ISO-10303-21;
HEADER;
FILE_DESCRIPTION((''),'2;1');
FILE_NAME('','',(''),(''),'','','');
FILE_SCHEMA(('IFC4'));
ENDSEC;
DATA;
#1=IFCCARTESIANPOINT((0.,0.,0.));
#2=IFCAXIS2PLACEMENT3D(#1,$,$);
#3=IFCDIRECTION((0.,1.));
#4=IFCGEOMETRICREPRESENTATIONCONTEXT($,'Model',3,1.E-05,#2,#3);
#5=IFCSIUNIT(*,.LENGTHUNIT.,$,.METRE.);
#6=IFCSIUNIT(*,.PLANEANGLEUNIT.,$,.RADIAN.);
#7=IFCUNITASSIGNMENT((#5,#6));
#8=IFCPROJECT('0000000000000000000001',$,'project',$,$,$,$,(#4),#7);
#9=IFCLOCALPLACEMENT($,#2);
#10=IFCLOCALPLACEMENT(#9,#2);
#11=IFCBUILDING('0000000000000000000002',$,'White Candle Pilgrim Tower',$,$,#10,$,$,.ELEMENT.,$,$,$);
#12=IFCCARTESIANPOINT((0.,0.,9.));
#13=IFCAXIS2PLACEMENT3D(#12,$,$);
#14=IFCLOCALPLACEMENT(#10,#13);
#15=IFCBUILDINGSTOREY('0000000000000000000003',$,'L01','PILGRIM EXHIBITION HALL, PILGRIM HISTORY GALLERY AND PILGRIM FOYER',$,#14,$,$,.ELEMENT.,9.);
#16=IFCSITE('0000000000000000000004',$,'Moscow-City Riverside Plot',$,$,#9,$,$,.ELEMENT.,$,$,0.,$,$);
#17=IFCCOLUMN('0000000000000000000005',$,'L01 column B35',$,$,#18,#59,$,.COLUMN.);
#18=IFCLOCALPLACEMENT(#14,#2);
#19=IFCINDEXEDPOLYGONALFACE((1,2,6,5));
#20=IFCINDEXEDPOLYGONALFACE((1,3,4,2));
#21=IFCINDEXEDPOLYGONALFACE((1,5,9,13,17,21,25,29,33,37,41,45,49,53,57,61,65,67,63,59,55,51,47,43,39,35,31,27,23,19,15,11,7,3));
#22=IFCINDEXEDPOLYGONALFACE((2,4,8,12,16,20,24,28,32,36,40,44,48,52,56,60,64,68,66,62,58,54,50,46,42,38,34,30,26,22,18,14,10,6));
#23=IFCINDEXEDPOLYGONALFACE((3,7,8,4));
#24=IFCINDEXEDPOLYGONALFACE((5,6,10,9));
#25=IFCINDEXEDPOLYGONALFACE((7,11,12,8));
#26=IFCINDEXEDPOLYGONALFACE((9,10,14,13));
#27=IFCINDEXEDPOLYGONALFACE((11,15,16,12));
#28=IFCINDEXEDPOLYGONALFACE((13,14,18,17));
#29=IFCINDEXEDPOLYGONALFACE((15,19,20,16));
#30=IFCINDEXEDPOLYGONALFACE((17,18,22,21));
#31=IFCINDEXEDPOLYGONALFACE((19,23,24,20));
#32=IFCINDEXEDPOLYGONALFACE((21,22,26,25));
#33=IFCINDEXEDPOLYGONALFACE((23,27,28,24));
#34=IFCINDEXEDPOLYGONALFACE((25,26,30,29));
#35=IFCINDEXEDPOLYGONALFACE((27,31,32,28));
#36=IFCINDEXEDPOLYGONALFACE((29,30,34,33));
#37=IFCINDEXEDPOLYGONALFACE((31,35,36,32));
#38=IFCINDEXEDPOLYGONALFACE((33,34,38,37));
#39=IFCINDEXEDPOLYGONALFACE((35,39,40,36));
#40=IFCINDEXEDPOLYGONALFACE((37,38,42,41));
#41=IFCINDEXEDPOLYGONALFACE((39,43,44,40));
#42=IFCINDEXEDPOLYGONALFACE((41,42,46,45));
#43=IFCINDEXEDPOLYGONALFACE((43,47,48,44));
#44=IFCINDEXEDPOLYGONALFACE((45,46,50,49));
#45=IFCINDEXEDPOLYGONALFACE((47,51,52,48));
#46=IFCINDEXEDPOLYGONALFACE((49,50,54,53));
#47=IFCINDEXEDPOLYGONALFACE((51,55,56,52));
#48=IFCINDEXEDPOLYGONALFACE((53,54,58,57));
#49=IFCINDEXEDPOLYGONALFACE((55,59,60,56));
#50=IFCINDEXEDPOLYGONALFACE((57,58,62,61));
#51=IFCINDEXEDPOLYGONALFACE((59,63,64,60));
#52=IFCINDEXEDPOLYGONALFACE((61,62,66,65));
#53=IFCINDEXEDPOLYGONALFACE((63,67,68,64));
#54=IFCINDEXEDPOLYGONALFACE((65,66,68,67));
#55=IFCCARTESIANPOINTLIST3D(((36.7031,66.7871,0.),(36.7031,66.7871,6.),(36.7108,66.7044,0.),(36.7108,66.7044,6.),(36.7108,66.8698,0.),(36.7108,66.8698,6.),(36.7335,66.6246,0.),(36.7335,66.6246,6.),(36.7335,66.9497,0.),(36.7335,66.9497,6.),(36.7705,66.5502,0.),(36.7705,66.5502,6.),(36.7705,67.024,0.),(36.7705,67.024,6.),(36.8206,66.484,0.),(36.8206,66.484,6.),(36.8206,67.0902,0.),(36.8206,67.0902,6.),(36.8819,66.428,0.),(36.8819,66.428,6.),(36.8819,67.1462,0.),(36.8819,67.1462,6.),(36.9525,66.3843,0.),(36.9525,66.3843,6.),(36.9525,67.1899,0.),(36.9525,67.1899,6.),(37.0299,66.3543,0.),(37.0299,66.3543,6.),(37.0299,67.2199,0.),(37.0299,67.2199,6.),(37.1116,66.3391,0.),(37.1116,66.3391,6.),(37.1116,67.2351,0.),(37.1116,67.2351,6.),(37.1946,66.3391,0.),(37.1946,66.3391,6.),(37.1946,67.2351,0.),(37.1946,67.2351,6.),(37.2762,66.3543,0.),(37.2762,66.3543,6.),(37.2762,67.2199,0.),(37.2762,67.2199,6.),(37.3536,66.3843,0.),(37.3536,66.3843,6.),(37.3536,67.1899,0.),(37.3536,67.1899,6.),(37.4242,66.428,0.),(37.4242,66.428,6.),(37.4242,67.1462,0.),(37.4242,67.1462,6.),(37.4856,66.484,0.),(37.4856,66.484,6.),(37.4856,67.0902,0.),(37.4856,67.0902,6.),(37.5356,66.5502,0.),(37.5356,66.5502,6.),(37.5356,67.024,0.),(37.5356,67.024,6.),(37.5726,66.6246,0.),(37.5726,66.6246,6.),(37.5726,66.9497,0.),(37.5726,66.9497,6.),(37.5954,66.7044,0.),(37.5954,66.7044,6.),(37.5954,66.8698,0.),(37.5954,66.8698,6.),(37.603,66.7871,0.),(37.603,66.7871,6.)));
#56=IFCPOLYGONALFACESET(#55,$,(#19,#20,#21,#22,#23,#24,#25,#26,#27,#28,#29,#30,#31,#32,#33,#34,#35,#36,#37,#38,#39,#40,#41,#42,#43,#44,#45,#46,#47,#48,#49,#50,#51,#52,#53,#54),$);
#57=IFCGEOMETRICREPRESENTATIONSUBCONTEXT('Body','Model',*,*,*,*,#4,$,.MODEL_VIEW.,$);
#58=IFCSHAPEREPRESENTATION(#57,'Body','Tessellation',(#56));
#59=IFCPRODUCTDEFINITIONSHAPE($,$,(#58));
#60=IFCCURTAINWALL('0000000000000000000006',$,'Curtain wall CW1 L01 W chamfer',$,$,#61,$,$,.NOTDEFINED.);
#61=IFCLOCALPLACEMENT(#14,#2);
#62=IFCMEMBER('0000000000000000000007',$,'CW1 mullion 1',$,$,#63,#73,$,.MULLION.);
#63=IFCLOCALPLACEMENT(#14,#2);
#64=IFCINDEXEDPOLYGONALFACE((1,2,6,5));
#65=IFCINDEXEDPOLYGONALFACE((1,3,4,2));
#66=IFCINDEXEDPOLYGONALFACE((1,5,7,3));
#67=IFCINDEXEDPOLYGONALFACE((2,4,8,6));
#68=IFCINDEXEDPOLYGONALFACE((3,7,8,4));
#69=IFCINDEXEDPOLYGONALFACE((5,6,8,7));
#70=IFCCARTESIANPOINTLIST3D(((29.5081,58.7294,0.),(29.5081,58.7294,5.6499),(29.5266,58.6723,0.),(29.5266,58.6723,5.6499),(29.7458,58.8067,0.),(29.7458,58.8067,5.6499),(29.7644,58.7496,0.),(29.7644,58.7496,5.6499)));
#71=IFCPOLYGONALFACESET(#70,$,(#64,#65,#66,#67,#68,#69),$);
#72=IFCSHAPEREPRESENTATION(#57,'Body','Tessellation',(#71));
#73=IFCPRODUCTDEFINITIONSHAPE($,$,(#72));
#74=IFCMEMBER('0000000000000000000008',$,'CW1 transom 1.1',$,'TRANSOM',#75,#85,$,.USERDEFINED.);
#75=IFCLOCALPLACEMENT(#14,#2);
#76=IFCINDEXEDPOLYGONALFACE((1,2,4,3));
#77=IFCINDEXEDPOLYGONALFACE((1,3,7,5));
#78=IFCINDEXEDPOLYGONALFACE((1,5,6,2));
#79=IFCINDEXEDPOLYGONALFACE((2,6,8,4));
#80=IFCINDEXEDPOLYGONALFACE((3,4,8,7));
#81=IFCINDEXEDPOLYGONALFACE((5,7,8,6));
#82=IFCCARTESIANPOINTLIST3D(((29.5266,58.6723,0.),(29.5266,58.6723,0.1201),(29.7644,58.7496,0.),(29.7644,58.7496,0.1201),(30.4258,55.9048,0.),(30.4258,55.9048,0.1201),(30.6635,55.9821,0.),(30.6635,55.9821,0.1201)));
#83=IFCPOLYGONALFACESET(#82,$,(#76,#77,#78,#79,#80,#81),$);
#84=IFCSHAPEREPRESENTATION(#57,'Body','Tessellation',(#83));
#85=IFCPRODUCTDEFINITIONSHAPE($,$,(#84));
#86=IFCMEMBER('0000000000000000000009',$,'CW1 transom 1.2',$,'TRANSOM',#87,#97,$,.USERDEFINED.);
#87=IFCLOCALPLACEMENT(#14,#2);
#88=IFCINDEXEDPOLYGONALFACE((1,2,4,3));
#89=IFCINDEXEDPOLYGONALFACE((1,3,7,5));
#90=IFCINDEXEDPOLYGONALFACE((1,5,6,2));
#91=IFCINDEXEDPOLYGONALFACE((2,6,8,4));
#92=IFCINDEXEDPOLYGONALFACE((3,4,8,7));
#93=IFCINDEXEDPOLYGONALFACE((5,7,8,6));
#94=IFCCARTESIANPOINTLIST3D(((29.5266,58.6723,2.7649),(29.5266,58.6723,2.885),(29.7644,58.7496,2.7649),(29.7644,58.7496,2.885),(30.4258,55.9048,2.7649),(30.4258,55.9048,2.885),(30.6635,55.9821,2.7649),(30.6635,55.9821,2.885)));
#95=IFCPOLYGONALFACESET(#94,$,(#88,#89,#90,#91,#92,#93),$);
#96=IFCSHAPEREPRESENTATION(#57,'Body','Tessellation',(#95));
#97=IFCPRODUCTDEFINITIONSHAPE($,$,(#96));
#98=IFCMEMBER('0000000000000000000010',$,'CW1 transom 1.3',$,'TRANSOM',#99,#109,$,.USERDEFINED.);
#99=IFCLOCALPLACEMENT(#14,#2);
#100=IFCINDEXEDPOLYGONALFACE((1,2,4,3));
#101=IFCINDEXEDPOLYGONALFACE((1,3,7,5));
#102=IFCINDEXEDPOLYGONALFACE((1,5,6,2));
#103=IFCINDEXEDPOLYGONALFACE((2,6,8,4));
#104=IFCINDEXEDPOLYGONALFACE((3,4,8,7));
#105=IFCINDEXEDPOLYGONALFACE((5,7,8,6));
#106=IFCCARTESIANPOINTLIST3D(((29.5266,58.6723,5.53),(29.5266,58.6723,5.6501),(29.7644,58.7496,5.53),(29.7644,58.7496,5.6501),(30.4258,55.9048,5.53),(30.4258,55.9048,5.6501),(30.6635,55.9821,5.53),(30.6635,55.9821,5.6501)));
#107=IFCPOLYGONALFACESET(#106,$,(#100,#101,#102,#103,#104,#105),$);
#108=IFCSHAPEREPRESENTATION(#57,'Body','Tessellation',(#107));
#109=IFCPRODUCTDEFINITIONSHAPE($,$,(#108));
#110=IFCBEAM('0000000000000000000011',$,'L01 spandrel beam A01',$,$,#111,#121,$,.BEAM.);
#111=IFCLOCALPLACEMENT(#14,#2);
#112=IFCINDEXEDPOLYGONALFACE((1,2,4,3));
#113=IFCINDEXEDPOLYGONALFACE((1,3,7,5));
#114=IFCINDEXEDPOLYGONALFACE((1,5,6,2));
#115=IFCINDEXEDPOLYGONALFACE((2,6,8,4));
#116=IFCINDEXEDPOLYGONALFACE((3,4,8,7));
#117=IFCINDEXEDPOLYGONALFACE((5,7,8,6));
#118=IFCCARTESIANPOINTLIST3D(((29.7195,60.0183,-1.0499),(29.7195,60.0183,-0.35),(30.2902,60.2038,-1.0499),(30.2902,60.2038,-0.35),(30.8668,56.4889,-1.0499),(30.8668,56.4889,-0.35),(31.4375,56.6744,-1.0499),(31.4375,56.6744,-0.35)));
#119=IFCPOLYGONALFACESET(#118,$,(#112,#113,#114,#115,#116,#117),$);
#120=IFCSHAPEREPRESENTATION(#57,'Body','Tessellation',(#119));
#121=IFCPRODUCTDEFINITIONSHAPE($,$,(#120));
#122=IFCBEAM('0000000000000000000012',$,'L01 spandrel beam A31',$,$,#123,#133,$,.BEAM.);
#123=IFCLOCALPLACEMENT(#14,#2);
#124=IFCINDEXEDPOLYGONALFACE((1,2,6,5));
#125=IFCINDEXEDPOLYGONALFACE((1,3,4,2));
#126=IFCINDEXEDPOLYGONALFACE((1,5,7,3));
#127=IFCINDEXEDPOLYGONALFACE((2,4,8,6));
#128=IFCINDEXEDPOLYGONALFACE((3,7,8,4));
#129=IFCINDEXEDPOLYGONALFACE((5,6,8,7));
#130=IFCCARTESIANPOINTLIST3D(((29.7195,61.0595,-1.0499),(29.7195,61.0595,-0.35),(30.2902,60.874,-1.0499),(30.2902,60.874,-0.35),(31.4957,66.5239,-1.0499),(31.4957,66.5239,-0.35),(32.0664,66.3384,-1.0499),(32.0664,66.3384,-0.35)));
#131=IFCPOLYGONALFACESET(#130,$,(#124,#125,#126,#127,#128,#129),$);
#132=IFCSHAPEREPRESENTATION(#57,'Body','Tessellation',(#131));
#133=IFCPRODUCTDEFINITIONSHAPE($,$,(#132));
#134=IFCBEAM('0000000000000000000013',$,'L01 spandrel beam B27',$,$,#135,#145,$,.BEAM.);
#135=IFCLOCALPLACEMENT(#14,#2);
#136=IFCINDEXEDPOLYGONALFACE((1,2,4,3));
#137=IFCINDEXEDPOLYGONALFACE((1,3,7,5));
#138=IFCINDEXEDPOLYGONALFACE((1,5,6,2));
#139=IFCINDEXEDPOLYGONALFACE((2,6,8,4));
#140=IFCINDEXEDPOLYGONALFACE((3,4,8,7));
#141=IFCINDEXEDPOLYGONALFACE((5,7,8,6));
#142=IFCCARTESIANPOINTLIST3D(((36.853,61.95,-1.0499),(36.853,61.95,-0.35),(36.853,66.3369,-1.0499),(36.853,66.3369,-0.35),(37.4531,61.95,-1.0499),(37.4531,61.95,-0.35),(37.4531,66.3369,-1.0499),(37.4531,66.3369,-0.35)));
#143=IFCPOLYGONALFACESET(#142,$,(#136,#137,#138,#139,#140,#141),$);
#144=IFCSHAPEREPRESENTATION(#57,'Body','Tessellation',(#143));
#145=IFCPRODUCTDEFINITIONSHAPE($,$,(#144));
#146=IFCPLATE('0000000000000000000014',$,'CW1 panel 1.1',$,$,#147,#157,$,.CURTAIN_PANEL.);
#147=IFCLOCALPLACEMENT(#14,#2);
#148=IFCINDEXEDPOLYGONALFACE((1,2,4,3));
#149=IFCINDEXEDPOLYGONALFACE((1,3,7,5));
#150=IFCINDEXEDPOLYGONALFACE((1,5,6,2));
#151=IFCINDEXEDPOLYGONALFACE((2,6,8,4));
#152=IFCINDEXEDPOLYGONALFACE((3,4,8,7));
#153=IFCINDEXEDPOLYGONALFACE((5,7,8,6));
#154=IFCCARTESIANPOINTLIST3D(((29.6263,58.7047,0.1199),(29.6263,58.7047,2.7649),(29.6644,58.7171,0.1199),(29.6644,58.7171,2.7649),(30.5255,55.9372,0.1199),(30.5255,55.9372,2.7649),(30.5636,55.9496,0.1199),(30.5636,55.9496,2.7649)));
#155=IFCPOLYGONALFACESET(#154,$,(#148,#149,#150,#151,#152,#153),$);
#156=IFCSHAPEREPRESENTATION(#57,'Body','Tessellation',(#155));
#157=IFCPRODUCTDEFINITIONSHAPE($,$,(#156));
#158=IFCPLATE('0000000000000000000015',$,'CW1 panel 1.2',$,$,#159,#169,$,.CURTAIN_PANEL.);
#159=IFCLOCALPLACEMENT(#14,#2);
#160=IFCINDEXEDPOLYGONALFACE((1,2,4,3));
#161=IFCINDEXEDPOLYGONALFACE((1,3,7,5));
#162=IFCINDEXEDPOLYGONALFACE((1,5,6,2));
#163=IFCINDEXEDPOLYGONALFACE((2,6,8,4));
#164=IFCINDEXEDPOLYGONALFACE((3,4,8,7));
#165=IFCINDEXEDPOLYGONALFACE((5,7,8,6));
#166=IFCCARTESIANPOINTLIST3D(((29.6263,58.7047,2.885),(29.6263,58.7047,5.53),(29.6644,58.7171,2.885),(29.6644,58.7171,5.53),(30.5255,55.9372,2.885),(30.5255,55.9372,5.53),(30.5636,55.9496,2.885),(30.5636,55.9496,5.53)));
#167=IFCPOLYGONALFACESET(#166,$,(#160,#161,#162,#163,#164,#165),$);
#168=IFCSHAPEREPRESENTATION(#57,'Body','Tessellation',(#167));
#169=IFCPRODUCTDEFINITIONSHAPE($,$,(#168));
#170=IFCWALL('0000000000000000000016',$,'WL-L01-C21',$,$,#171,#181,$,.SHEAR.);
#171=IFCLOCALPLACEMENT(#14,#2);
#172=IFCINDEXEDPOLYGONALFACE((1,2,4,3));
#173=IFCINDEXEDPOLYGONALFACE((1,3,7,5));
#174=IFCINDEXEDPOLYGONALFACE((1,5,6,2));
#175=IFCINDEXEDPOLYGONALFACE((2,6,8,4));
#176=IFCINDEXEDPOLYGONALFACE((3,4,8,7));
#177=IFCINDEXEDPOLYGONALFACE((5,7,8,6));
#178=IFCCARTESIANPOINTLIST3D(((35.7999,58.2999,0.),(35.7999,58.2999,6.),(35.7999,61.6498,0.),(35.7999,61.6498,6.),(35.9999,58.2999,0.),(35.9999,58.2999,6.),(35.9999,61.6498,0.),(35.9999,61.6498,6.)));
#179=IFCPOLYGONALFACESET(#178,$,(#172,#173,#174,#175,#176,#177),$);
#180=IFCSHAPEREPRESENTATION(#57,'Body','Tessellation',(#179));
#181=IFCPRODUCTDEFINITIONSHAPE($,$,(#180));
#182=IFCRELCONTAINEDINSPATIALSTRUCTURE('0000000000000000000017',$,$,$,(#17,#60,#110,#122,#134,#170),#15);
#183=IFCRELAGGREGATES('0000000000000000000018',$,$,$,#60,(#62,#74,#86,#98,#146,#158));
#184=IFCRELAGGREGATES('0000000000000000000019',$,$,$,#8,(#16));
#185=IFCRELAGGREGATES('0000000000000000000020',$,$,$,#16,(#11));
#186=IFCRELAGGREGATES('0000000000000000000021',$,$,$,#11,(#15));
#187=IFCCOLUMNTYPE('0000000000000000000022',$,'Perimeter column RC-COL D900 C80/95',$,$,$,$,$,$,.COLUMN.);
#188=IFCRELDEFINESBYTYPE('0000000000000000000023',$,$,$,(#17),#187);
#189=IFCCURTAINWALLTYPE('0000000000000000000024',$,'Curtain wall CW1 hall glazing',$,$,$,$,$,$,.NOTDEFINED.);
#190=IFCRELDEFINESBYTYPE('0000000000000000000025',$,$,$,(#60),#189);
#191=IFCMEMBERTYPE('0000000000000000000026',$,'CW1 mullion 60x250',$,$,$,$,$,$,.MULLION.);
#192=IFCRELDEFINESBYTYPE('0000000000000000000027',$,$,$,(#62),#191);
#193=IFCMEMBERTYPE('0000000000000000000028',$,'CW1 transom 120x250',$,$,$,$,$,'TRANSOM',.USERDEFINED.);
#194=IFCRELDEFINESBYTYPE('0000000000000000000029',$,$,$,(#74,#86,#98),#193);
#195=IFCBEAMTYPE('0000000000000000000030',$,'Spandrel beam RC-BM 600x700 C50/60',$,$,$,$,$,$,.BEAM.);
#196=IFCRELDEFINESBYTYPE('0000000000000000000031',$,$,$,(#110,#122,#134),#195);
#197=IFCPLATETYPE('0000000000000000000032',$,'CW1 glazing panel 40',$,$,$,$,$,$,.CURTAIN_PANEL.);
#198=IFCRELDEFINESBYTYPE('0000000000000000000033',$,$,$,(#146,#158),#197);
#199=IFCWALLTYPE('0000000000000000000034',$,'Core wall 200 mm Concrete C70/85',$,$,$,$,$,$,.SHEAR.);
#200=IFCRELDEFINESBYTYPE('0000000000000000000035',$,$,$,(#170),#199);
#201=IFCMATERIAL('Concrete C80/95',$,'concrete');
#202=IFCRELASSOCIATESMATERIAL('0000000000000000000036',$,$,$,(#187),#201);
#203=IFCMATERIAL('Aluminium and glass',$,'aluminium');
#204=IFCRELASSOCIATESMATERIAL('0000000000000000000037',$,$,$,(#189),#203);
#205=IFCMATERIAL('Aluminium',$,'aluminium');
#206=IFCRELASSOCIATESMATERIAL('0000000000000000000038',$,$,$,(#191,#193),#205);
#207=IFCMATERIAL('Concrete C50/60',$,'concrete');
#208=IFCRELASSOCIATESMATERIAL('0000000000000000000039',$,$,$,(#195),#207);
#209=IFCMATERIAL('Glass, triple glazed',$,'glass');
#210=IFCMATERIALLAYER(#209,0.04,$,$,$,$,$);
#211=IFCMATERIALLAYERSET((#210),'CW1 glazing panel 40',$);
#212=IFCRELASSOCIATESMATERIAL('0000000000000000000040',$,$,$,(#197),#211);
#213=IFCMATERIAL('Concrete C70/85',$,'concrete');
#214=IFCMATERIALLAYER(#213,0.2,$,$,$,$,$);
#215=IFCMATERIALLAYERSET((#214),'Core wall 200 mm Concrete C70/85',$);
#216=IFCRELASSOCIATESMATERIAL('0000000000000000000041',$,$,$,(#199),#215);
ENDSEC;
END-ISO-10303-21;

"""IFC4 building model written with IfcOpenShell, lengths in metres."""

from ifc_helpers import new_model, si_unit, direction, frame, frame_2d, origin, origin_2d, place, context, subcontext, project, spatial, rectangle, circle, extrude, material, layer, layer_set, material_profile, profile_set, type_object, element, aggregate, save


model = new_model("IFC4")

# Units and contexts
model_context = context("Model", 3, precision=1e-05, world=origin(), true_north=direction((0.0, 1.0)))
body_context = subcontext(model_context, "Body", "Model", "MODEL_VIEW")
ifc_project = project(units=[si_unit("LENGTHUNIT", "METRE"), si_unit("PLANEANGLEUNIT", "RADIAN")], contexts=[model_context])

# Site, building, storey
site_placement = place(None, origin())
site = spatial("IfcSite", under=ifc_project, at=site_placement, Name="Moscow-City Riverside Plot", CompositionType="ELEMENT", RefElevation=0.0)
building_placement = place(site_placement, origin())
building = spatial("IfcBuilding", under=site, at=building_placement, Name="White Candle Pilgrim Tower", CompositionType="ELEMENT")
storey_placement = place(building_placement, frame((0.0, 0.0, 9.0)))
storey = spatial("IfcBuildingStorey", under=building, at=storey_placement, Name="L01", Description="PILGRIM EXHIBITION HALL, PILGRIM HISTORY GALLERY AND PILGRIM FOYER", CompositionType="ELEMENT", Elevation=9.0)

# Column
ifc_material_1 = material(Name="Concrete C80/95", Category="concrete")
ifc_material_profile_1 = material_profile(ifc_material_1, circle(Radius=0.45, at=origin_2d()), Name="RC-COL D900")
ifc_profile_set_1 = profile_set([ifc_material_profile_1], Name="Concrete C80/95")
column_type = type_object("IfcColumnType", Name="Perimeter column RC-COL D900 C80/95", PredefinedType="COLUMN", material=ifc_profile_set_1)
for number, where, z_axis, x_axis, name in (
    (1, (37.1531, 66.7871, 0.0), (0.0, 0.0, 1.0), (1.0, 0.0, 0.0), "L01 column B35"),
):
    element("IfcColumn", number, at=place(storey_placement, frame(where, z_axis=z_axis, x_axis=x_axis)), inside=storey, type_object=column_type, Name=name, PredefinedType="COLUMN", context=body_context, shape_type="SweptSolid", body=[
        extrude(circle(Radius=0.45, at=origin_2d()), origin(), (0.0, 0.0, 1.0), 6.0),
    ])

# Curtain wall, members
ifc_material_2 = material(Name="Aluminium and glass", Category="aluminium")
curtain_wall_type = type_object("IfcCurtainWallType", Name="Curtain wall CW1 hall glazing", PredefinedType="NOTDEFINED", material=ifc_material_2)
curtain_wall_placement = place(storey_placement, origin())
curtain_wall = element("IfcCurtainWall", 2, at=curtain_wall_placement, inside=storey, type_object=curtain_wall_type, Name="Curtain wall CW1 L01 W chamfer", PredefinedType="NOTDEFINED")
ifc_material_3 = material(Name="Aluminium", Category="aluminium")
ifc_material_profile_2 = material_profile(ifc_material_3, rectangle(XDim=0.25, YDim=0.0601, at=origin_2d()), Name="CW1 mullion 60x250")
ifc_profile_set_2 = profile_set([ifc_material_profile_2], Name="Aluminium")
member_type_1 = type_object("IfcMemberType", Name="CW1 mullion 60x250", PredefinedType="MULLION", material=ifc_profile_set_2)
member_1_placement = place(storey_placement, frame((29.6362, 58.7395, 0.0), z_axis=(0.0, 0.0, 1.0), x_axis=(0.951057, 0.309017, 0.0)))
member_1 = element("IfcMember", 3, at=member_1_placement, type_object=member_type_1, Name="CW1 mullion 1", PredefinedType="MULLION", context=body_context, shape_type="SweptSolid", body=[
    extrude(rectangle(XDim=0.25, YDim=0.0601, at=origin_2d()), origin(), (0.0, 0.0, 1.0), 5.6499),
])
ifc_material_profile_3 = material_profile(ifc_material_3, rectangle(XDim=0.25, YDim=0.1201, at=origin_2d()), Name="CW1 transom 120x250")
ifc_profile_set_3 = profile_set([ifc_material_profile_3], Name="Aluminium")
member_type_2 = type_object("IfcMemberType", Name="CW1 transom 120x250", ElementType="TRANSOM", PredefinedType="USERDEFINED", material=ifc_profile_set_3)
member_2_placement = place(storey_placement, frame((29.6455, 58.7109, 0.0601), z_axis=(0.308995, -0.951064, 0.0), x_axis=(0.951064, 0.308995, 0.0)))
member_2 = element("IfcMember", 4, at=member_2_placement, type_object=member_type_2, Name="CW1 transom 1.1", ObjectType="TRANSOM", PredefinedType="USERDEFINED", context=body_context, shape_type="SweptSolid", body=[
    extrude(rectangle(XDim=0.25, YDim=0.1201, at=origin_2d()), origin(), (0.0, 0.0, 1.0), 2.9099),
])
member_3_placement = place(storey_placement, frame((29.6455, 58.7109, 2.825), z_axis=(0.308995, -0.951064, 0.0), x_axis=(0.951064, 0.308995, 0.0)))
member_3 = element("IfcMember", 5, at=member_3_placement, type_object=member_type_2, Name="CW1 transom 1.2", ObjectType="TRANSOM", PredefinedType="USERDEFINED", context=body_context, shape_type="SweptSolid", body=[
    extrude(rectangle(XDim=0.25, YDim=0.1201, at=origin_2d()), origin(), (0.0, 0.0, 1.0), 2.9099),
])
member_4_placement = place(storey_placement, frame((29.6455, 58.7109, 5.5901), z_axis=(0.308995, -0.951064, 0.0), x_axis=(0.951064, 0.308995, 0.0)))
member_4 = element("IfcMember", 6, at=member_4_placement, type_object=member_type_2, Name="CW1 transom 1.3", ObjectType="TRANSOM", PredefinedType="USERDEFINED", context=body_context, shape_type="SweptSolid", body=[
    extrude(rectangle(XDim=0.25, YDim=0.1201, at=origin_2d()), origin(), (0.0, 0.0, 1.0), 2.9099),
])

# Beams
ifc_material_4 = material(Name="Concrete C50/60", Category="concrete")
ifc_material_profile_4 = material_profile(ifc_material_4, rectangle(XDim=0.6001, YDim=0.7, at=origin_2d()), Name="RC-BM 600x700")
ifc_profile_set_4 = profile_set([ifc_material_profile_4], Name="Concrete C50/60")
beam_type = type_object("IfcBeamType", Name="Spandrel beam RC-BM 600x700 C50/60", PredefinedType="BEAM", material=ifc_profile_set_4)
beam_1_placement = place(storey_placement, frame((30.0049, 60.1111, -0.7), z_axis=(0.309134, -0.951019, 0.0), x_axis=(0.951019, 0.309134, 0.0)))
element("IfcBeam", 7, at=beam_1_placement, inside=storey, type_object=beam_type, Name="L01 spandrel beam A01", PredefinedType="BEAM", context=body_context, shape_type="SweptSolid", body=[
    extrude(rectangle(XDim=0.6001, YDim=0.7, at=origin_2d()), origin(), (0.0, 0.0, 1.0), 3.7112),
])
beam_2_placement = place(storey_placement, frame((31.781, 66.4312, -0.7), z_axis=(-0.309119, -0.951023, 0.0), x_axis=(0.951023, -0.309119, 0.0)))
element("IfcBeam", 8, at=beam_2_placement, inside=storey, type_object=beam_type, Name="L01 spandrel beam A31", PredefinedType="BEAM", context=body_context, shape_type="SweptSolid", body=[
    extrude(rectangle(XDim=0.6001, YDim=0.7, at=origin_2d()), origin(), (0.0, 0.0, 1.0), 5.7458),
])
beam_3_placement = place(storey_placement, frame((37.1531, 66.3369, -0.7), z_axis=(0.0, -1.0, 0.0), x_axis=(1.0, 0.0, 0.0)))
element("IfcBeam", 9, at=beam_3_placement, inside=storey, type_object=beam_type, Name="L01 spandrel beam B27", PredefinedType="BEAM", context=body_context, shape_type="SweptSolid", body=[
    extrude(rectangle(XDim=0.6001, YDim=0.7, at=origin_2d()), origin(), (0.0, 0.0, 1.0), 4.387),
])

# Plates
ifc_material_5 = material(Name="Glass, triple glazed", Category="glass")
ifc_layer_1 = layer(ifc_material_5, 0.04)
ifc_layer_set_1 = layer_set([ifc_layer_1], Name="CW1 glazing panel 40")
plate_type = type_object("IfcPlateType", Name="CW1 glazing panel 40", PredefinedType="CURTAIN_PANEL", material=ifc_layer_set_1)
plate_1_placement = place(storey_placement, frame((30.095, 57.3271, 0.1199), z_axis=(0.0, 0.0, 1.0), x_axis=(0.309017, -0.951057, 0.0)))
plate_1 = element("IfcPlate", 10, at=plate_1_placement, type_object=plate_type, Name="CW1 panel 1.1", PredefinedType="CURTAIN_PANEL", context=body_context, shape_type="SweptSolid", body=[
    extrude(rectangle(XDim=2.9099, YDim=0.04, at=origin_2d()), origin(), (0.0, 0.0, 1.0), 2.645),
])
plate_2_placement = place(storey_placement, frame((30.095, 57.3271, 2.885), z_axis=(0.0, 0.0, 1.0), x_axis=(0.309017, -0.951057, 0.0)))
plate_2 = element("IfcPlate", 11, at=plate_2_placement, type_object=plate_type, Name="CW1 panel 1.2", PredefinedType="CURTAIN_PANEL", context=body_context, shape_type="SweptSolid", body=[
    extrude(rectangle(XDim=2.9099, YDim=0.04, at=origin_2d()), origin(), (0.0, 0.0, 1.0), 2.645),
])
aggregate(curtain_wall, [member_1, member_2, member_3, member_4, plate_1, plate_2])

# Wall
ifc_material_6 = material(Name="Concrete C70/85", Category="concrete")
ifc_layer_2 = layer(ifc_material_6, 0.2)
ifc_layer_set_2 = layer_set([ifc_layer_2], Name="Core wall 200 mm Concrete C70/85")
wall_type_1 = type_object("IfcWallType", Name="Core wall 200 mm Concrete C70/85", PredefinedType="SHEAR", material=ifc_layer_set_2)
wall_1_placement = place(storey_placement, frame((35.8999, 58.3, 0.0), z_axis=(0.0, 0.0, 1.0), x_axis=(0.0, 1.0, 0.0)))
element("IfcWall", 12, at=wall_1_placement, inside=storey, type_object=wall_type_1, Name="WL-L01-C21", PredefinedType="SHEAR", context=body_context, shape_type="SweptSolid", body=[
    extrude(rectangle(XDim=3.3499, YDim=0.2, at=frame_2d((1.6748, 0.0))), origin(), (0.0, 0.0, 1.0), 6.0),
])

save(model, "model.ifc")
